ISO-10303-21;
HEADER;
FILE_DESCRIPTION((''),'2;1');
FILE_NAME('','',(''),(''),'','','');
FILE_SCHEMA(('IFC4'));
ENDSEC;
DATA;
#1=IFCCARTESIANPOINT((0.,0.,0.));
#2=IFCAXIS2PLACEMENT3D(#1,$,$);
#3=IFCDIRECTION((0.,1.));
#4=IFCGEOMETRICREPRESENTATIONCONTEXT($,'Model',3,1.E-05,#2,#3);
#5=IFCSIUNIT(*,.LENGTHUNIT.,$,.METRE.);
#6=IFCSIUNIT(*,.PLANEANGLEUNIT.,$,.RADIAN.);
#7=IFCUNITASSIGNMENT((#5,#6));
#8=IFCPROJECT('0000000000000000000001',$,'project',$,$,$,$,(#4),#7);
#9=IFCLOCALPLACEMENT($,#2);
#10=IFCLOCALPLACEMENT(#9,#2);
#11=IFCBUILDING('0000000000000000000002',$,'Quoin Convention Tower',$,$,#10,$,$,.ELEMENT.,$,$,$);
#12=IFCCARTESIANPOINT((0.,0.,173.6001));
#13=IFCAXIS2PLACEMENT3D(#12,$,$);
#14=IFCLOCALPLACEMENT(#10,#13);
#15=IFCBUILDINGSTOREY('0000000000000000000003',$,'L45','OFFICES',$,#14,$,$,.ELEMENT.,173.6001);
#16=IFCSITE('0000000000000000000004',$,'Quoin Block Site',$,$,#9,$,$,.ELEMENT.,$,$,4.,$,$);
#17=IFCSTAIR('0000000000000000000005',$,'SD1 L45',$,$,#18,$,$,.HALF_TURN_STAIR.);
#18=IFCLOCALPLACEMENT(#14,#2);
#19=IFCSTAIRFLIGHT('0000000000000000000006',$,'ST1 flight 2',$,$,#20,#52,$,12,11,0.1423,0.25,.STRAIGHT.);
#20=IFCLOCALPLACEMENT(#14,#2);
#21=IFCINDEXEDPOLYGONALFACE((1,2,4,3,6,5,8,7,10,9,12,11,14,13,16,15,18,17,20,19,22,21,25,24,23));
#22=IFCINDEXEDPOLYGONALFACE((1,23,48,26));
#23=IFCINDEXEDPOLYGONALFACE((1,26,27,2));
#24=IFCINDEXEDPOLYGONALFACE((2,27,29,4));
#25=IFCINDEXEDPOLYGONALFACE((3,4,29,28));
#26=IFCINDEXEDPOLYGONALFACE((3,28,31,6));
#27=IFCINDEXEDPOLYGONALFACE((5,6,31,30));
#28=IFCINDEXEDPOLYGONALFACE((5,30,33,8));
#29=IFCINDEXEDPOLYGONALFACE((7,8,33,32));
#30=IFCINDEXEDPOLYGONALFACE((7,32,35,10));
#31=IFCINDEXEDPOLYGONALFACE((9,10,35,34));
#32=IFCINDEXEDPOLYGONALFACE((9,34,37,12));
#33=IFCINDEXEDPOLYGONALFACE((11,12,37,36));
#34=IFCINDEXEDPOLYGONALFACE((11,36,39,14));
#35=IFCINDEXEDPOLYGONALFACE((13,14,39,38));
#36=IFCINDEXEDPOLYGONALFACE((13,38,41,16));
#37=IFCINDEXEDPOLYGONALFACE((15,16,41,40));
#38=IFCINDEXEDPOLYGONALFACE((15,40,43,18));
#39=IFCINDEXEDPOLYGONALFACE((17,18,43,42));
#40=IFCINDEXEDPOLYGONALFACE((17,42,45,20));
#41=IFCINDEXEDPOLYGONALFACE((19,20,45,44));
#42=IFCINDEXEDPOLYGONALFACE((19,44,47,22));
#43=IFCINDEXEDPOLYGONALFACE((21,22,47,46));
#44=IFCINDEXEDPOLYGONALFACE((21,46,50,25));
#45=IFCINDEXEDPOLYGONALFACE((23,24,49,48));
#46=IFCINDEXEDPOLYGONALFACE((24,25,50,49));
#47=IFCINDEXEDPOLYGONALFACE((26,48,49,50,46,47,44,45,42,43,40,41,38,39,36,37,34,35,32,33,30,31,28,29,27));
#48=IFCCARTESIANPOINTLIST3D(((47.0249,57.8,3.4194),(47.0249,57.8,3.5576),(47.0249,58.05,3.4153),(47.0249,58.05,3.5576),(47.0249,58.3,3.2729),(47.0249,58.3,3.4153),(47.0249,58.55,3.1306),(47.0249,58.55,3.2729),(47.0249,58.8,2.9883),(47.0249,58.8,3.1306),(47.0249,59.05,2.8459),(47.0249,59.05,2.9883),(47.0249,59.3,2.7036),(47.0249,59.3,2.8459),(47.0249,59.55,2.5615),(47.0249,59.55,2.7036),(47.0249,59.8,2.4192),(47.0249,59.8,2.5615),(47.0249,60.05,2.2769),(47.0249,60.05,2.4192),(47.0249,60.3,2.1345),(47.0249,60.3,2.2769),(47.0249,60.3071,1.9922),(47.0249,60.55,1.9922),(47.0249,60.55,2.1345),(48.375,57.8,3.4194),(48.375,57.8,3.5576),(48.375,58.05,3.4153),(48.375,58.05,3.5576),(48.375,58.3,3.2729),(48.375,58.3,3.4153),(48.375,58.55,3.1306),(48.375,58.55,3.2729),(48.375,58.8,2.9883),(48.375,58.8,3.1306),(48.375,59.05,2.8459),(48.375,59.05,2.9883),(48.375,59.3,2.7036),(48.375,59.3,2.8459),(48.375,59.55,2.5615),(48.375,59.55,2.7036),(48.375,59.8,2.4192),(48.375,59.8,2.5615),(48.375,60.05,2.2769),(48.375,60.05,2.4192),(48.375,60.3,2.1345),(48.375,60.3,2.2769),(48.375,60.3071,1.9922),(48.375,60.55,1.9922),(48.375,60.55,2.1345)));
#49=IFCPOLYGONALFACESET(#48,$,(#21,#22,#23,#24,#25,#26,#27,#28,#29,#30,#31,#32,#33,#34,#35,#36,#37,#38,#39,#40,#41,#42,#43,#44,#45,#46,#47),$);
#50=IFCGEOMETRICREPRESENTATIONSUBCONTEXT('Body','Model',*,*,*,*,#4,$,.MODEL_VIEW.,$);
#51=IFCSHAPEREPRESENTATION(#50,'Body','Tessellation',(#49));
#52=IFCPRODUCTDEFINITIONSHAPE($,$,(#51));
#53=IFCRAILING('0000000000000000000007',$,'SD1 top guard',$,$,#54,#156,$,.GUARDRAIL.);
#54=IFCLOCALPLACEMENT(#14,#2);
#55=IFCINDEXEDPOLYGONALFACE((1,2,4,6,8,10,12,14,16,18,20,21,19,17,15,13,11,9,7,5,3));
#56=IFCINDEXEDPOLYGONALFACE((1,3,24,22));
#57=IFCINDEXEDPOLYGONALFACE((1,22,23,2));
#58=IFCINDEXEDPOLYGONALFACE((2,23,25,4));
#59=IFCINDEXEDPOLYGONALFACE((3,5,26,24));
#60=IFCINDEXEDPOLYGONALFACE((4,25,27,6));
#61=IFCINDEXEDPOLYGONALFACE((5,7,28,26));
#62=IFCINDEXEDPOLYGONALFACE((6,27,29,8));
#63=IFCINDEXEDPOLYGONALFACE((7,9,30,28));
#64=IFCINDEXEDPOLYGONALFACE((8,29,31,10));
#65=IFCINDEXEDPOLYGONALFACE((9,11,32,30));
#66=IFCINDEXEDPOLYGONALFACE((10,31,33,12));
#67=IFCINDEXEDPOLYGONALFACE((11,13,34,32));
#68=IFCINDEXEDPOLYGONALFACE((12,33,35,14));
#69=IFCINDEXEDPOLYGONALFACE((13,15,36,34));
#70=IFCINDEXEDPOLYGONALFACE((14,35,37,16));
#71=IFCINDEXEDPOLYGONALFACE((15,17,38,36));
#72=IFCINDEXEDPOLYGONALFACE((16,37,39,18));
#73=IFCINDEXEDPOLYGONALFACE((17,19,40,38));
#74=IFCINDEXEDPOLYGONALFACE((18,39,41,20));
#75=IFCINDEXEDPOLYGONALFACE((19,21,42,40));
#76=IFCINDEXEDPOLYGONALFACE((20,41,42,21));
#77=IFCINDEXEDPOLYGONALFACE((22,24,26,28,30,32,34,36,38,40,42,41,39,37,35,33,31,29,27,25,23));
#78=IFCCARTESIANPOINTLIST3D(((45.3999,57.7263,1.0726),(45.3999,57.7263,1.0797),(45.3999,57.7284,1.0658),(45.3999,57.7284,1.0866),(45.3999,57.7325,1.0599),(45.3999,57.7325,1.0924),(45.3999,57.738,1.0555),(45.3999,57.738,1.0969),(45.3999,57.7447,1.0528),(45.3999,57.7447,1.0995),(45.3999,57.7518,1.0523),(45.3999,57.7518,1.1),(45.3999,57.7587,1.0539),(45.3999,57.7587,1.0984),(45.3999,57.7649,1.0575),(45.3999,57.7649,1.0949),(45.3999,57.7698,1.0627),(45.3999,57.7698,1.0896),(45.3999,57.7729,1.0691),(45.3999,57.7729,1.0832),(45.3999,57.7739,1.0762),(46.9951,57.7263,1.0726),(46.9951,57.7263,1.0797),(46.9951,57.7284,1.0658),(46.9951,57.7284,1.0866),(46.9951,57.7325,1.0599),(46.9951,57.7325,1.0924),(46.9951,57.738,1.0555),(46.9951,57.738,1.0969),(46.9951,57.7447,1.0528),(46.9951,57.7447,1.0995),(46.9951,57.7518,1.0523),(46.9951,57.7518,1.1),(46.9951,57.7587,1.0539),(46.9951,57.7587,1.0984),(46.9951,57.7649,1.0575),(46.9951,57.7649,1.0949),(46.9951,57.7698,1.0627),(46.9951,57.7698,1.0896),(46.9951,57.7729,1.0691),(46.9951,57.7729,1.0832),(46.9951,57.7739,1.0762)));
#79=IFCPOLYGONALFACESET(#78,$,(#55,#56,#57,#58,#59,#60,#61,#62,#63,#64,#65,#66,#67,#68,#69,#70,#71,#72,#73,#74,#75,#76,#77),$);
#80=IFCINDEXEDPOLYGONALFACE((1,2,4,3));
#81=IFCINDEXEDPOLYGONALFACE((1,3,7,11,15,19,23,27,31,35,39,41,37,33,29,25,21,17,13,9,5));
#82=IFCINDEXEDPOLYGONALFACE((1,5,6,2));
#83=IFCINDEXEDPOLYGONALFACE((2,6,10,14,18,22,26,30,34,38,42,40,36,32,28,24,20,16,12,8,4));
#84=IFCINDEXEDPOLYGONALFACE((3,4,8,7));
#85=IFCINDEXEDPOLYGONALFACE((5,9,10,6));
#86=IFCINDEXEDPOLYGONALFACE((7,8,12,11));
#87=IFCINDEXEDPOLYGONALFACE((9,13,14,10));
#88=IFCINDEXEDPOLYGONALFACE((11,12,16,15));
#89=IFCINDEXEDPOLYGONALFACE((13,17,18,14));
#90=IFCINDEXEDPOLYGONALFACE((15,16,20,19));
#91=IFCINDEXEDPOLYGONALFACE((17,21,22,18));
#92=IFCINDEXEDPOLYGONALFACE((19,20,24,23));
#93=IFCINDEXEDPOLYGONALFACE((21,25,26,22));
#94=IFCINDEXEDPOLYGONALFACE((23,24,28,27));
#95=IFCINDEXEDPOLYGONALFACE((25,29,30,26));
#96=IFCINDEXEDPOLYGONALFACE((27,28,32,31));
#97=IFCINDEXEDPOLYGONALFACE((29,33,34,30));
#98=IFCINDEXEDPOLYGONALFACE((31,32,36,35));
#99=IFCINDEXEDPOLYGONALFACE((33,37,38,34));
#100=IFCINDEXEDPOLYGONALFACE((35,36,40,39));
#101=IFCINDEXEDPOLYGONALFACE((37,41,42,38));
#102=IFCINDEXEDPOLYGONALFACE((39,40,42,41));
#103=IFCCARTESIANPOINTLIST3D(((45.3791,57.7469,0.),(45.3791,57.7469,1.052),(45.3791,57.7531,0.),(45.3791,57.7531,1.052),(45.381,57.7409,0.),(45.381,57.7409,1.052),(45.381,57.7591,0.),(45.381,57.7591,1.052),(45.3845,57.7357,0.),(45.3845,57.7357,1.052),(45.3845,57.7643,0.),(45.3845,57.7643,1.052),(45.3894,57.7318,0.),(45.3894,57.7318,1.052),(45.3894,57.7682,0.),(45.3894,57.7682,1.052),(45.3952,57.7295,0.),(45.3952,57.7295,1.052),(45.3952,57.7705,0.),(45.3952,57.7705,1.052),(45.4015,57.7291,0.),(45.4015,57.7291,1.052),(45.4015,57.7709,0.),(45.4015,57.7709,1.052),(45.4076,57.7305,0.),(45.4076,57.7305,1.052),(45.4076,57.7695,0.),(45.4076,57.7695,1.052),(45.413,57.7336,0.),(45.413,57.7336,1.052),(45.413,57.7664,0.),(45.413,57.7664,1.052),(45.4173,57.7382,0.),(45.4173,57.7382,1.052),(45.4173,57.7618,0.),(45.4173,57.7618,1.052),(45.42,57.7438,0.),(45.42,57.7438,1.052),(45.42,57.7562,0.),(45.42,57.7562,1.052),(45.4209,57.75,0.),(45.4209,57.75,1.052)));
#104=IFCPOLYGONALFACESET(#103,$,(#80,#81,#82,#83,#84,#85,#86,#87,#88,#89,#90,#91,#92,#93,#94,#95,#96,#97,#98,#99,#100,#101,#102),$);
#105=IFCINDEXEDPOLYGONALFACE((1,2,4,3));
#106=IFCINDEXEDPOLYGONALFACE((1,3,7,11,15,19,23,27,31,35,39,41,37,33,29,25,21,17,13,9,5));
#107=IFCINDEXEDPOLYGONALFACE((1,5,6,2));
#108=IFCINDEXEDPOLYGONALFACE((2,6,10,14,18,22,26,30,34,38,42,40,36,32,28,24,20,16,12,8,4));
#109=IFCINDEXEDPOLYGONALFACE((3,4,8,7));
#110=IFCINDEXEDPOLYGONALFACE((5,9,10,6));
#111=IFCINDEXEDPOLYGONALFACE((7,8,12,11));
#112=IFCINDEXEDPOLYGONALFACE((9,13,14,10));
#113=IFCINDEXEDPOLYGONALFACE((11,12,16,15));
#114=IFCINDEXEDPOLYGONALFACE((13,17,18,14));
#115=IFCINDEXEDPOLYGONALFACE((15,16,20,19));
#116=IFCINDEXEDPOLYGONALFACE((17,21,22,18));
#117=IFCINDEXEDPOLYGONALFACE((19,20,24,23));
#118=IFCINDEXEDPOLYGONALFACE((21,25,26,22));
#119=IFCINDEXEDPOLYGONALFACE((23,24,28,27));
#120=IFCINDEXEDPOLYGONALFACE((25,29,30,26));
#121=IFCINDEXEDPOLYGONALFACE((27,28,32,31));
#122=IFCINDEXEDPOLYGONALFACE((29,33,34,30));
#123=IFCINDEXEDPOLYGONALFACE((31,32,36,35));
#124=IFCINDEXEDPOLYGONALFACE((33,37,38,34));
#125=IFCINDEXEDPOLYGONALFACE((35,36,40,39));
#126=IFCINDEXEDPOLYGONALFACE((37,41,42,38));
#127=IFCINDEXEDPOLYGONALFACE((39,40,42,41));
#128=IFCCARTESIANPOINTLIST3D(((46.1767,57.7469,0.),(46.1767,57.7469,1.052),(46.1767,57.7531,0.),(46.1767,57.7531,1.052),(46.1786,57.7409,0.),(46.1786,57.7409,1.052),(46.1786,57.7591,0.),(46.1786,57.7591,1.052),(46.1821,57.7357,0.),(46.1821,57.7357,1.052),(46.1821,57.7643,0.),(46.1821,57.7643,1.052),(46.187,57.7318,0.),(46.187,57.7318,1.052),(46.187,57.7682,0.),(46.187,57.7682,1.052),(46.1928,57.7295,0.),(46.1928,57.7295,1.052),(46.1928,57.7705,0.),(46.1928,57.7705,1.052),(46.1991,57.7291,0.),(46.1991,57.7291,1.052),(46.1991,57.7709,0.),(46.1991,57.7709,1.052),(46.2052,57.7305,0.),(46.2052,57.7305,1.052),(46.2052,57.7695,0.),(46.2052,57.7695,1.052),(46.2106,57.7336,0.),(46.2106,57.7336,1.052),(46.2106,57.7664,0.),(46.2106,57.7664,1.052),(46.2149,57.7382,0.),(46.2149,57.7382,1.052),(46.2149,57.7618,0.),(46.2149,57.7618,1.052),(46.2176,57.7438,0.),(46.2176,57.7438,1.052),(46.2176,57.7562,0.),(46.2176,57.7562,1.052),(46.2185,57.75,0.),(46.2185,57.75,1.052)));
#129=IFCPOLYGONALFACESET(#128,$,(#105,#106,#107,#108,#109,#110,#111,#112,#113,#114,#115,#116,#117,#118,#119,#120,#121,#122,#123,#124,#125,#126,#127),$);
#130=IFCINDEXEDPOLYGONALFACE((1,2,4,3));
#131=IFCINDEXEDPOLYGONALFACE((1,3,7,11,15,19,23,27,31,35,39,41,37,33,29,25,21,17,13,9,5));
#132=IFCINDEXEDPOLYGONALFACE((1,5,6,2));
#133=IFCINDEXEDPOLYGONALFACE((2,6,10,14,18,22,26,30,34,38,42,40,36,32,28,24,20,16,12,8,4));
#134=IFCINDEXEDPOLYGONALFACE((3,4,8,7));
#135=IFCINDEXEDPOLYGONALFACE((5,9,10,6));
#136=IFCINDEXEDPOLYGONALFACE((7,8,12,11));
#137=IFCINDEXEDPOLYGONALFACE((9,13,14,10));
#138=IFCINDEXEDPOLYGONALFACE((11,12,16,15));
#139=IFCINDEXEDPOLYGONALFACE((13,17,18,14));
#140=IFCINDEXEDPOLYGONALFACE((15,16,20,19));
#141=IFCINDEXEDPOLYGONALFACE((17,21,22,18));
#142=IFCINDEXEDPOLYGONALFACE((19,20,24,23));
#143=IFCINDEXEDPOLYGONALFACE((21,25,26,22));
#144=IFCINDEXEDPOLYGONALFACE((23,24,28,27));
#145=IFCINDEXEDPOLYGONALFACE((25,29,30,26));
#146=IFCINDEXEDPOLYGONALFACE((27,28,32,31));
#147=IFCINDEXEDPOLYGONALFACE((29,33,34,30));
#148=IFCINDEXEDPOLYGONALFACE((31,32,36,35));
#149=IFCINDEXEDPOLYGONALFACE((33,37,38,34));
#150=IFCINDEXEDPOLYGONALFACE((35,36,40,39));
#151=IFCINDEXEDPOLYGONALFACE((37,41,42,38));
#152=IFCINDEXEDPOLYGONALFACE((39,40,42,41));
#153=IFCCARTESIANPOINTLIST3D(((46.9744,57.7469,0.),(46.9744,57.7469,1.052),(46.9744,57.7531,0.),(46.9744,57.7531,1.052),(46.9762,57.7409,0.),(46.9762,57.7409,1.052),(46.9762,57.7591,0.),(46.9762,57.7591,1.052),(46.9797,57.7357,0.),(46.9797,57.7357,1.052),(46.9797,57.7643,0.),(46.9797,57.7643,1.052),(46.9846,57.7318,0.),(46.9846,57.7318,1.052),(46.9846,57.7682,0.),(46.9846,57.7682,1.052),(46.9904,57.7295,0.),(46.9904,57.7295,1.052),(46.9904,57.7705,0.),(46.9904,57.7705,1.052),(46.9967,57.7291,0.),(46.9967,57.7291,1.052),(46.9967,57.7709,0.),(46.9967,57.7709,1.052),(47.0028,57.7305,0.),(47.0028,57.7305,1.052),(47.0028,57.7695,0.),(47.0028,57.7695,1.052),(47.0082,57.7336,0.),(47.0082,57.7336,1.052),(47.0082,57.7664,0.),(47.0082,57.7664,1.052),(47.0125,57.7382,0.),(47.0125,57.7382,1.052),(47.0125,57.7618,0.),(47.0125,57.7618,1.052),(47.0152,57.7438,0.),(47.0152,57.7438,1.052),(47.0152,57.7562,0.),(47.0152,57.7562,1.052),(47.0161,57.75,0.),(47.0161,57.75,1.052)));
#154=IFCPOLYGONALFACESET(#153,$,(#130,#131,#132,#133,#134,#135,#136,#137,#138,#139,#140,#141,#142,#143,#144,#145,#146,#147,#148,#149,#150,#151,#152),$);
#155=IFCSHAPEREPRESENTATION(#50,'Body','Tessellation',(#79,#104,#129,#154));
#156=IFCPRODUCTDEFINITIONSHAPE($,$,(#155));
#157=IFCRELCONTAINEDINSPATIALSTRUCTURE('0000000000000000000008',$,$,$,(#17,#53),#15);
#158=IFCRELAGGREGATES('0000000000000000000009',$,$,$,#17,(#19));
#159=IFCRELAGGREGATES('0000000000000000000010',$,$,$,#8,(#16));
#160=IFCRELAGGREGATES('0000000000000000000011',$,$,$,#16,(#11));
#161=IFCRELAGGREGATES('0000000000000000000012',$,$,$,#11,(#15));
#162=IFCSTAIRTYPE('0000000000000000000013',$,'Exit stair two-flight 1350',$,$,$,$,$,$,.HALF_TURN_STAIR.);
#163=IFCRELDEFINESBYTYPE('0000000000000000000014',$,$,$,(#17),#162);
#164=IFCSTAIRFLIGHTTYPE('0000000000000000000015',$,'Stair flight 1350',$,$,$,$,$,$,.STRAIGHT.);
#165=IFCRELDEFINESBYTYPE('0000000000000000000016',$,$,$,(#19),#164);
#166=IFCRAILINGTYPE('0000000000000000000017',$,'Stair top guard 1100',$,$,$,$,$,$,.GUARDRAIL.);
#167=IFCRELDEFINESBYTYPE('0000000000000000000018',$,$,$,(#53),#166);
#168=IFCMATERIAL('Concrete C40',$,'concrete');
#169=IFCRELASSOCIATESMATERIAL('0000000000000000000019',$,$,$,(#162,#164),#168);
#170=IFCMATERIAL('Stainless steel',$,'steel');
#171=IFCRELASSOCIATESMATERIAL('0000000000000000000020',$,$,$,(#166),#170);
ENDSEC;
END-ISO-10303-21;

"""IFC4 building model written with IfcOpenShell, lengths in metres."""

from ifc_helpers import new_model, si_unit, direction, frame, origin, origin_2d, place, context, subcontext, project, spatial, polyline, circle, outline, extrude, material, type_object, element, aggregate, save


model = new_model("IFC4")

# Units and contexts
model_context = context("Model", 3, precision=1e-05, world=origin(), true_north=direction((0.0, 1.0)))
body_context = subcontext(model_context, "Body", "Model", "MODEL_VIEW")
ifc_project = project(units=[si_unit("LENGTHUNIT", "METRE"), si_unit("PLANEANGLEUNIT", "RADIAN")], contexts=[model_context])

# Site, building, storey
site_placement = place(None, origin())
site = spatial("IfcSite", under=ifc_project, at=site_placement, Name="Quoin Block Site", CompositionType="ELEMENT", RefElevation=4.0)
building_placement = place(site_placement, origin())
building = spatial("IfcBuilding", under=site, at=building_placement, Name="Quoin Convention Tower", CompositionType="ELEMENT")
storey_placement = place(building_placement, frame((0.0, 0.0, 173.6001)))
storey = spatial("IfcBuildingStorey", under=building, at=storey_placement, Name="L45", Description="OFFICES", CompositionType="ELEMENT", Elevation=173.6001)

# Stair, stair flight
ifc_material_1 = material(Name="Concrete C40", Category="concrete")
stair_type = type_object("IfcStairType", Name="Exit stair two-flight 1350", PredefinedType="HALF_TURN_STAIR", material=ifc_material_1)
stair_placement = place(storey_placement, origin())
stair = element("IfcStair", 1, at=stair_placement, inside=storey, type_object=stair_type, Name="SD1 L45", PredefinedType="HALF_TURN_STAIR")
stair_flight_type = type_object("IfcStairFlightType", Name="Stair flight 1350", PredefinedType="STRAIGHT", material=ifc_material_1)
stair_flight_1_placement = place(storey_placement, frame((47.7, 60.55, 1.9922), z_axis=(0.0, 0.0, 1.0), x_axis=(0.0, -1.0, 0.0)))
stair_flight_1 = element("IfcStairFlight", 2, at=stair_flight_1_placement, type_object=stair_flight_type, Name="ST1 flight 2", NumberOfRisers=12, NumberOfTreads=11, PredefinedType="STRAIGHT", RiserHeight=0.1423, TreadLength=0.25, context=body_context, shape_type="SweptSolid", body=[
    extrude(outline(polyline([(0.0, 0.0), (0.0, 0.1423), (0.25, 0.1423), (0.25, 0.2847), (0.5, 0.2847), (0.5, 0.427), (0.75, 0.427), (0.75, 0.5693), (1.0, 0.5693), (1.0, 0.7114), (1.25, 0.7114), (1.25, 0.8538), (1.5, 0.8538), (1.5, 0.9961), (1.75, 0.9961), (1.75, 1.1384), (2.0, 1.1384), (2.0, 1.2808), (2.25, 1.2808), (2.25, 1.4231), (2.5, 1.4231), (2.5, 1.5654), (2.75, 1.5654), (2.75, 1.7078), (2.75, 1.4272), (0.2429, 0.0), (0.0, 0.0)])), frame((0.0, 0.675, 0.0), z_axis=(0.0, -1.0, 0.0), x_axis=(1.0, 0.0, 0.0)), (0.0, 0.0, 1.0), 1.3501),
])
aggregate(stair, [stair_flight_1])

# Railing
ifc_material_2 = material(Name="Stainless steel", Category="steel")
railing_type_1 = type_object("IfcRailingType", Name="Stair top guard 1100", PredefinedType="GUARDRAIL", material=ifc_material_2)
railing_1_placement = place(storey_placement, frame((45.3999, 57.75, 0.0)))
element("IfcRailing", 3, at=railing_1_placement, inside=storey, type_object=railing_type_1, Name="SD1 top guard", PredefinedType="GUARDRAIL", context=body_context, shape_type="SweptSolid", body=[
    extrude(circle(Radius=0.0239, at=origin_2d()), frame((0.0, 0.0, 1.0762), z_axis=(1.0, 0.0, 0.0), x_axis=(0.0, 1.0, 0.0)), (0.0, 0.0, 1.0), 1.5952),
    extrude(circle(Radius=0.021, at=origin_2d()), origin(), (0.0, 0.0, 1.0), 1.052),
    extrude(circle(Radius=0.021, at=origin_2d()), frame((0.7976, 0.0, 0.0)), (0.0, 0.0, 1.0), 1.052),
    extrude(circle(Radius=0.021, at=origin_2d()), frame((1.5952, 0.0, 0.0)), (0.0, 0.0, 1.0), 1.052),
])

save(model, "model.ifc")
